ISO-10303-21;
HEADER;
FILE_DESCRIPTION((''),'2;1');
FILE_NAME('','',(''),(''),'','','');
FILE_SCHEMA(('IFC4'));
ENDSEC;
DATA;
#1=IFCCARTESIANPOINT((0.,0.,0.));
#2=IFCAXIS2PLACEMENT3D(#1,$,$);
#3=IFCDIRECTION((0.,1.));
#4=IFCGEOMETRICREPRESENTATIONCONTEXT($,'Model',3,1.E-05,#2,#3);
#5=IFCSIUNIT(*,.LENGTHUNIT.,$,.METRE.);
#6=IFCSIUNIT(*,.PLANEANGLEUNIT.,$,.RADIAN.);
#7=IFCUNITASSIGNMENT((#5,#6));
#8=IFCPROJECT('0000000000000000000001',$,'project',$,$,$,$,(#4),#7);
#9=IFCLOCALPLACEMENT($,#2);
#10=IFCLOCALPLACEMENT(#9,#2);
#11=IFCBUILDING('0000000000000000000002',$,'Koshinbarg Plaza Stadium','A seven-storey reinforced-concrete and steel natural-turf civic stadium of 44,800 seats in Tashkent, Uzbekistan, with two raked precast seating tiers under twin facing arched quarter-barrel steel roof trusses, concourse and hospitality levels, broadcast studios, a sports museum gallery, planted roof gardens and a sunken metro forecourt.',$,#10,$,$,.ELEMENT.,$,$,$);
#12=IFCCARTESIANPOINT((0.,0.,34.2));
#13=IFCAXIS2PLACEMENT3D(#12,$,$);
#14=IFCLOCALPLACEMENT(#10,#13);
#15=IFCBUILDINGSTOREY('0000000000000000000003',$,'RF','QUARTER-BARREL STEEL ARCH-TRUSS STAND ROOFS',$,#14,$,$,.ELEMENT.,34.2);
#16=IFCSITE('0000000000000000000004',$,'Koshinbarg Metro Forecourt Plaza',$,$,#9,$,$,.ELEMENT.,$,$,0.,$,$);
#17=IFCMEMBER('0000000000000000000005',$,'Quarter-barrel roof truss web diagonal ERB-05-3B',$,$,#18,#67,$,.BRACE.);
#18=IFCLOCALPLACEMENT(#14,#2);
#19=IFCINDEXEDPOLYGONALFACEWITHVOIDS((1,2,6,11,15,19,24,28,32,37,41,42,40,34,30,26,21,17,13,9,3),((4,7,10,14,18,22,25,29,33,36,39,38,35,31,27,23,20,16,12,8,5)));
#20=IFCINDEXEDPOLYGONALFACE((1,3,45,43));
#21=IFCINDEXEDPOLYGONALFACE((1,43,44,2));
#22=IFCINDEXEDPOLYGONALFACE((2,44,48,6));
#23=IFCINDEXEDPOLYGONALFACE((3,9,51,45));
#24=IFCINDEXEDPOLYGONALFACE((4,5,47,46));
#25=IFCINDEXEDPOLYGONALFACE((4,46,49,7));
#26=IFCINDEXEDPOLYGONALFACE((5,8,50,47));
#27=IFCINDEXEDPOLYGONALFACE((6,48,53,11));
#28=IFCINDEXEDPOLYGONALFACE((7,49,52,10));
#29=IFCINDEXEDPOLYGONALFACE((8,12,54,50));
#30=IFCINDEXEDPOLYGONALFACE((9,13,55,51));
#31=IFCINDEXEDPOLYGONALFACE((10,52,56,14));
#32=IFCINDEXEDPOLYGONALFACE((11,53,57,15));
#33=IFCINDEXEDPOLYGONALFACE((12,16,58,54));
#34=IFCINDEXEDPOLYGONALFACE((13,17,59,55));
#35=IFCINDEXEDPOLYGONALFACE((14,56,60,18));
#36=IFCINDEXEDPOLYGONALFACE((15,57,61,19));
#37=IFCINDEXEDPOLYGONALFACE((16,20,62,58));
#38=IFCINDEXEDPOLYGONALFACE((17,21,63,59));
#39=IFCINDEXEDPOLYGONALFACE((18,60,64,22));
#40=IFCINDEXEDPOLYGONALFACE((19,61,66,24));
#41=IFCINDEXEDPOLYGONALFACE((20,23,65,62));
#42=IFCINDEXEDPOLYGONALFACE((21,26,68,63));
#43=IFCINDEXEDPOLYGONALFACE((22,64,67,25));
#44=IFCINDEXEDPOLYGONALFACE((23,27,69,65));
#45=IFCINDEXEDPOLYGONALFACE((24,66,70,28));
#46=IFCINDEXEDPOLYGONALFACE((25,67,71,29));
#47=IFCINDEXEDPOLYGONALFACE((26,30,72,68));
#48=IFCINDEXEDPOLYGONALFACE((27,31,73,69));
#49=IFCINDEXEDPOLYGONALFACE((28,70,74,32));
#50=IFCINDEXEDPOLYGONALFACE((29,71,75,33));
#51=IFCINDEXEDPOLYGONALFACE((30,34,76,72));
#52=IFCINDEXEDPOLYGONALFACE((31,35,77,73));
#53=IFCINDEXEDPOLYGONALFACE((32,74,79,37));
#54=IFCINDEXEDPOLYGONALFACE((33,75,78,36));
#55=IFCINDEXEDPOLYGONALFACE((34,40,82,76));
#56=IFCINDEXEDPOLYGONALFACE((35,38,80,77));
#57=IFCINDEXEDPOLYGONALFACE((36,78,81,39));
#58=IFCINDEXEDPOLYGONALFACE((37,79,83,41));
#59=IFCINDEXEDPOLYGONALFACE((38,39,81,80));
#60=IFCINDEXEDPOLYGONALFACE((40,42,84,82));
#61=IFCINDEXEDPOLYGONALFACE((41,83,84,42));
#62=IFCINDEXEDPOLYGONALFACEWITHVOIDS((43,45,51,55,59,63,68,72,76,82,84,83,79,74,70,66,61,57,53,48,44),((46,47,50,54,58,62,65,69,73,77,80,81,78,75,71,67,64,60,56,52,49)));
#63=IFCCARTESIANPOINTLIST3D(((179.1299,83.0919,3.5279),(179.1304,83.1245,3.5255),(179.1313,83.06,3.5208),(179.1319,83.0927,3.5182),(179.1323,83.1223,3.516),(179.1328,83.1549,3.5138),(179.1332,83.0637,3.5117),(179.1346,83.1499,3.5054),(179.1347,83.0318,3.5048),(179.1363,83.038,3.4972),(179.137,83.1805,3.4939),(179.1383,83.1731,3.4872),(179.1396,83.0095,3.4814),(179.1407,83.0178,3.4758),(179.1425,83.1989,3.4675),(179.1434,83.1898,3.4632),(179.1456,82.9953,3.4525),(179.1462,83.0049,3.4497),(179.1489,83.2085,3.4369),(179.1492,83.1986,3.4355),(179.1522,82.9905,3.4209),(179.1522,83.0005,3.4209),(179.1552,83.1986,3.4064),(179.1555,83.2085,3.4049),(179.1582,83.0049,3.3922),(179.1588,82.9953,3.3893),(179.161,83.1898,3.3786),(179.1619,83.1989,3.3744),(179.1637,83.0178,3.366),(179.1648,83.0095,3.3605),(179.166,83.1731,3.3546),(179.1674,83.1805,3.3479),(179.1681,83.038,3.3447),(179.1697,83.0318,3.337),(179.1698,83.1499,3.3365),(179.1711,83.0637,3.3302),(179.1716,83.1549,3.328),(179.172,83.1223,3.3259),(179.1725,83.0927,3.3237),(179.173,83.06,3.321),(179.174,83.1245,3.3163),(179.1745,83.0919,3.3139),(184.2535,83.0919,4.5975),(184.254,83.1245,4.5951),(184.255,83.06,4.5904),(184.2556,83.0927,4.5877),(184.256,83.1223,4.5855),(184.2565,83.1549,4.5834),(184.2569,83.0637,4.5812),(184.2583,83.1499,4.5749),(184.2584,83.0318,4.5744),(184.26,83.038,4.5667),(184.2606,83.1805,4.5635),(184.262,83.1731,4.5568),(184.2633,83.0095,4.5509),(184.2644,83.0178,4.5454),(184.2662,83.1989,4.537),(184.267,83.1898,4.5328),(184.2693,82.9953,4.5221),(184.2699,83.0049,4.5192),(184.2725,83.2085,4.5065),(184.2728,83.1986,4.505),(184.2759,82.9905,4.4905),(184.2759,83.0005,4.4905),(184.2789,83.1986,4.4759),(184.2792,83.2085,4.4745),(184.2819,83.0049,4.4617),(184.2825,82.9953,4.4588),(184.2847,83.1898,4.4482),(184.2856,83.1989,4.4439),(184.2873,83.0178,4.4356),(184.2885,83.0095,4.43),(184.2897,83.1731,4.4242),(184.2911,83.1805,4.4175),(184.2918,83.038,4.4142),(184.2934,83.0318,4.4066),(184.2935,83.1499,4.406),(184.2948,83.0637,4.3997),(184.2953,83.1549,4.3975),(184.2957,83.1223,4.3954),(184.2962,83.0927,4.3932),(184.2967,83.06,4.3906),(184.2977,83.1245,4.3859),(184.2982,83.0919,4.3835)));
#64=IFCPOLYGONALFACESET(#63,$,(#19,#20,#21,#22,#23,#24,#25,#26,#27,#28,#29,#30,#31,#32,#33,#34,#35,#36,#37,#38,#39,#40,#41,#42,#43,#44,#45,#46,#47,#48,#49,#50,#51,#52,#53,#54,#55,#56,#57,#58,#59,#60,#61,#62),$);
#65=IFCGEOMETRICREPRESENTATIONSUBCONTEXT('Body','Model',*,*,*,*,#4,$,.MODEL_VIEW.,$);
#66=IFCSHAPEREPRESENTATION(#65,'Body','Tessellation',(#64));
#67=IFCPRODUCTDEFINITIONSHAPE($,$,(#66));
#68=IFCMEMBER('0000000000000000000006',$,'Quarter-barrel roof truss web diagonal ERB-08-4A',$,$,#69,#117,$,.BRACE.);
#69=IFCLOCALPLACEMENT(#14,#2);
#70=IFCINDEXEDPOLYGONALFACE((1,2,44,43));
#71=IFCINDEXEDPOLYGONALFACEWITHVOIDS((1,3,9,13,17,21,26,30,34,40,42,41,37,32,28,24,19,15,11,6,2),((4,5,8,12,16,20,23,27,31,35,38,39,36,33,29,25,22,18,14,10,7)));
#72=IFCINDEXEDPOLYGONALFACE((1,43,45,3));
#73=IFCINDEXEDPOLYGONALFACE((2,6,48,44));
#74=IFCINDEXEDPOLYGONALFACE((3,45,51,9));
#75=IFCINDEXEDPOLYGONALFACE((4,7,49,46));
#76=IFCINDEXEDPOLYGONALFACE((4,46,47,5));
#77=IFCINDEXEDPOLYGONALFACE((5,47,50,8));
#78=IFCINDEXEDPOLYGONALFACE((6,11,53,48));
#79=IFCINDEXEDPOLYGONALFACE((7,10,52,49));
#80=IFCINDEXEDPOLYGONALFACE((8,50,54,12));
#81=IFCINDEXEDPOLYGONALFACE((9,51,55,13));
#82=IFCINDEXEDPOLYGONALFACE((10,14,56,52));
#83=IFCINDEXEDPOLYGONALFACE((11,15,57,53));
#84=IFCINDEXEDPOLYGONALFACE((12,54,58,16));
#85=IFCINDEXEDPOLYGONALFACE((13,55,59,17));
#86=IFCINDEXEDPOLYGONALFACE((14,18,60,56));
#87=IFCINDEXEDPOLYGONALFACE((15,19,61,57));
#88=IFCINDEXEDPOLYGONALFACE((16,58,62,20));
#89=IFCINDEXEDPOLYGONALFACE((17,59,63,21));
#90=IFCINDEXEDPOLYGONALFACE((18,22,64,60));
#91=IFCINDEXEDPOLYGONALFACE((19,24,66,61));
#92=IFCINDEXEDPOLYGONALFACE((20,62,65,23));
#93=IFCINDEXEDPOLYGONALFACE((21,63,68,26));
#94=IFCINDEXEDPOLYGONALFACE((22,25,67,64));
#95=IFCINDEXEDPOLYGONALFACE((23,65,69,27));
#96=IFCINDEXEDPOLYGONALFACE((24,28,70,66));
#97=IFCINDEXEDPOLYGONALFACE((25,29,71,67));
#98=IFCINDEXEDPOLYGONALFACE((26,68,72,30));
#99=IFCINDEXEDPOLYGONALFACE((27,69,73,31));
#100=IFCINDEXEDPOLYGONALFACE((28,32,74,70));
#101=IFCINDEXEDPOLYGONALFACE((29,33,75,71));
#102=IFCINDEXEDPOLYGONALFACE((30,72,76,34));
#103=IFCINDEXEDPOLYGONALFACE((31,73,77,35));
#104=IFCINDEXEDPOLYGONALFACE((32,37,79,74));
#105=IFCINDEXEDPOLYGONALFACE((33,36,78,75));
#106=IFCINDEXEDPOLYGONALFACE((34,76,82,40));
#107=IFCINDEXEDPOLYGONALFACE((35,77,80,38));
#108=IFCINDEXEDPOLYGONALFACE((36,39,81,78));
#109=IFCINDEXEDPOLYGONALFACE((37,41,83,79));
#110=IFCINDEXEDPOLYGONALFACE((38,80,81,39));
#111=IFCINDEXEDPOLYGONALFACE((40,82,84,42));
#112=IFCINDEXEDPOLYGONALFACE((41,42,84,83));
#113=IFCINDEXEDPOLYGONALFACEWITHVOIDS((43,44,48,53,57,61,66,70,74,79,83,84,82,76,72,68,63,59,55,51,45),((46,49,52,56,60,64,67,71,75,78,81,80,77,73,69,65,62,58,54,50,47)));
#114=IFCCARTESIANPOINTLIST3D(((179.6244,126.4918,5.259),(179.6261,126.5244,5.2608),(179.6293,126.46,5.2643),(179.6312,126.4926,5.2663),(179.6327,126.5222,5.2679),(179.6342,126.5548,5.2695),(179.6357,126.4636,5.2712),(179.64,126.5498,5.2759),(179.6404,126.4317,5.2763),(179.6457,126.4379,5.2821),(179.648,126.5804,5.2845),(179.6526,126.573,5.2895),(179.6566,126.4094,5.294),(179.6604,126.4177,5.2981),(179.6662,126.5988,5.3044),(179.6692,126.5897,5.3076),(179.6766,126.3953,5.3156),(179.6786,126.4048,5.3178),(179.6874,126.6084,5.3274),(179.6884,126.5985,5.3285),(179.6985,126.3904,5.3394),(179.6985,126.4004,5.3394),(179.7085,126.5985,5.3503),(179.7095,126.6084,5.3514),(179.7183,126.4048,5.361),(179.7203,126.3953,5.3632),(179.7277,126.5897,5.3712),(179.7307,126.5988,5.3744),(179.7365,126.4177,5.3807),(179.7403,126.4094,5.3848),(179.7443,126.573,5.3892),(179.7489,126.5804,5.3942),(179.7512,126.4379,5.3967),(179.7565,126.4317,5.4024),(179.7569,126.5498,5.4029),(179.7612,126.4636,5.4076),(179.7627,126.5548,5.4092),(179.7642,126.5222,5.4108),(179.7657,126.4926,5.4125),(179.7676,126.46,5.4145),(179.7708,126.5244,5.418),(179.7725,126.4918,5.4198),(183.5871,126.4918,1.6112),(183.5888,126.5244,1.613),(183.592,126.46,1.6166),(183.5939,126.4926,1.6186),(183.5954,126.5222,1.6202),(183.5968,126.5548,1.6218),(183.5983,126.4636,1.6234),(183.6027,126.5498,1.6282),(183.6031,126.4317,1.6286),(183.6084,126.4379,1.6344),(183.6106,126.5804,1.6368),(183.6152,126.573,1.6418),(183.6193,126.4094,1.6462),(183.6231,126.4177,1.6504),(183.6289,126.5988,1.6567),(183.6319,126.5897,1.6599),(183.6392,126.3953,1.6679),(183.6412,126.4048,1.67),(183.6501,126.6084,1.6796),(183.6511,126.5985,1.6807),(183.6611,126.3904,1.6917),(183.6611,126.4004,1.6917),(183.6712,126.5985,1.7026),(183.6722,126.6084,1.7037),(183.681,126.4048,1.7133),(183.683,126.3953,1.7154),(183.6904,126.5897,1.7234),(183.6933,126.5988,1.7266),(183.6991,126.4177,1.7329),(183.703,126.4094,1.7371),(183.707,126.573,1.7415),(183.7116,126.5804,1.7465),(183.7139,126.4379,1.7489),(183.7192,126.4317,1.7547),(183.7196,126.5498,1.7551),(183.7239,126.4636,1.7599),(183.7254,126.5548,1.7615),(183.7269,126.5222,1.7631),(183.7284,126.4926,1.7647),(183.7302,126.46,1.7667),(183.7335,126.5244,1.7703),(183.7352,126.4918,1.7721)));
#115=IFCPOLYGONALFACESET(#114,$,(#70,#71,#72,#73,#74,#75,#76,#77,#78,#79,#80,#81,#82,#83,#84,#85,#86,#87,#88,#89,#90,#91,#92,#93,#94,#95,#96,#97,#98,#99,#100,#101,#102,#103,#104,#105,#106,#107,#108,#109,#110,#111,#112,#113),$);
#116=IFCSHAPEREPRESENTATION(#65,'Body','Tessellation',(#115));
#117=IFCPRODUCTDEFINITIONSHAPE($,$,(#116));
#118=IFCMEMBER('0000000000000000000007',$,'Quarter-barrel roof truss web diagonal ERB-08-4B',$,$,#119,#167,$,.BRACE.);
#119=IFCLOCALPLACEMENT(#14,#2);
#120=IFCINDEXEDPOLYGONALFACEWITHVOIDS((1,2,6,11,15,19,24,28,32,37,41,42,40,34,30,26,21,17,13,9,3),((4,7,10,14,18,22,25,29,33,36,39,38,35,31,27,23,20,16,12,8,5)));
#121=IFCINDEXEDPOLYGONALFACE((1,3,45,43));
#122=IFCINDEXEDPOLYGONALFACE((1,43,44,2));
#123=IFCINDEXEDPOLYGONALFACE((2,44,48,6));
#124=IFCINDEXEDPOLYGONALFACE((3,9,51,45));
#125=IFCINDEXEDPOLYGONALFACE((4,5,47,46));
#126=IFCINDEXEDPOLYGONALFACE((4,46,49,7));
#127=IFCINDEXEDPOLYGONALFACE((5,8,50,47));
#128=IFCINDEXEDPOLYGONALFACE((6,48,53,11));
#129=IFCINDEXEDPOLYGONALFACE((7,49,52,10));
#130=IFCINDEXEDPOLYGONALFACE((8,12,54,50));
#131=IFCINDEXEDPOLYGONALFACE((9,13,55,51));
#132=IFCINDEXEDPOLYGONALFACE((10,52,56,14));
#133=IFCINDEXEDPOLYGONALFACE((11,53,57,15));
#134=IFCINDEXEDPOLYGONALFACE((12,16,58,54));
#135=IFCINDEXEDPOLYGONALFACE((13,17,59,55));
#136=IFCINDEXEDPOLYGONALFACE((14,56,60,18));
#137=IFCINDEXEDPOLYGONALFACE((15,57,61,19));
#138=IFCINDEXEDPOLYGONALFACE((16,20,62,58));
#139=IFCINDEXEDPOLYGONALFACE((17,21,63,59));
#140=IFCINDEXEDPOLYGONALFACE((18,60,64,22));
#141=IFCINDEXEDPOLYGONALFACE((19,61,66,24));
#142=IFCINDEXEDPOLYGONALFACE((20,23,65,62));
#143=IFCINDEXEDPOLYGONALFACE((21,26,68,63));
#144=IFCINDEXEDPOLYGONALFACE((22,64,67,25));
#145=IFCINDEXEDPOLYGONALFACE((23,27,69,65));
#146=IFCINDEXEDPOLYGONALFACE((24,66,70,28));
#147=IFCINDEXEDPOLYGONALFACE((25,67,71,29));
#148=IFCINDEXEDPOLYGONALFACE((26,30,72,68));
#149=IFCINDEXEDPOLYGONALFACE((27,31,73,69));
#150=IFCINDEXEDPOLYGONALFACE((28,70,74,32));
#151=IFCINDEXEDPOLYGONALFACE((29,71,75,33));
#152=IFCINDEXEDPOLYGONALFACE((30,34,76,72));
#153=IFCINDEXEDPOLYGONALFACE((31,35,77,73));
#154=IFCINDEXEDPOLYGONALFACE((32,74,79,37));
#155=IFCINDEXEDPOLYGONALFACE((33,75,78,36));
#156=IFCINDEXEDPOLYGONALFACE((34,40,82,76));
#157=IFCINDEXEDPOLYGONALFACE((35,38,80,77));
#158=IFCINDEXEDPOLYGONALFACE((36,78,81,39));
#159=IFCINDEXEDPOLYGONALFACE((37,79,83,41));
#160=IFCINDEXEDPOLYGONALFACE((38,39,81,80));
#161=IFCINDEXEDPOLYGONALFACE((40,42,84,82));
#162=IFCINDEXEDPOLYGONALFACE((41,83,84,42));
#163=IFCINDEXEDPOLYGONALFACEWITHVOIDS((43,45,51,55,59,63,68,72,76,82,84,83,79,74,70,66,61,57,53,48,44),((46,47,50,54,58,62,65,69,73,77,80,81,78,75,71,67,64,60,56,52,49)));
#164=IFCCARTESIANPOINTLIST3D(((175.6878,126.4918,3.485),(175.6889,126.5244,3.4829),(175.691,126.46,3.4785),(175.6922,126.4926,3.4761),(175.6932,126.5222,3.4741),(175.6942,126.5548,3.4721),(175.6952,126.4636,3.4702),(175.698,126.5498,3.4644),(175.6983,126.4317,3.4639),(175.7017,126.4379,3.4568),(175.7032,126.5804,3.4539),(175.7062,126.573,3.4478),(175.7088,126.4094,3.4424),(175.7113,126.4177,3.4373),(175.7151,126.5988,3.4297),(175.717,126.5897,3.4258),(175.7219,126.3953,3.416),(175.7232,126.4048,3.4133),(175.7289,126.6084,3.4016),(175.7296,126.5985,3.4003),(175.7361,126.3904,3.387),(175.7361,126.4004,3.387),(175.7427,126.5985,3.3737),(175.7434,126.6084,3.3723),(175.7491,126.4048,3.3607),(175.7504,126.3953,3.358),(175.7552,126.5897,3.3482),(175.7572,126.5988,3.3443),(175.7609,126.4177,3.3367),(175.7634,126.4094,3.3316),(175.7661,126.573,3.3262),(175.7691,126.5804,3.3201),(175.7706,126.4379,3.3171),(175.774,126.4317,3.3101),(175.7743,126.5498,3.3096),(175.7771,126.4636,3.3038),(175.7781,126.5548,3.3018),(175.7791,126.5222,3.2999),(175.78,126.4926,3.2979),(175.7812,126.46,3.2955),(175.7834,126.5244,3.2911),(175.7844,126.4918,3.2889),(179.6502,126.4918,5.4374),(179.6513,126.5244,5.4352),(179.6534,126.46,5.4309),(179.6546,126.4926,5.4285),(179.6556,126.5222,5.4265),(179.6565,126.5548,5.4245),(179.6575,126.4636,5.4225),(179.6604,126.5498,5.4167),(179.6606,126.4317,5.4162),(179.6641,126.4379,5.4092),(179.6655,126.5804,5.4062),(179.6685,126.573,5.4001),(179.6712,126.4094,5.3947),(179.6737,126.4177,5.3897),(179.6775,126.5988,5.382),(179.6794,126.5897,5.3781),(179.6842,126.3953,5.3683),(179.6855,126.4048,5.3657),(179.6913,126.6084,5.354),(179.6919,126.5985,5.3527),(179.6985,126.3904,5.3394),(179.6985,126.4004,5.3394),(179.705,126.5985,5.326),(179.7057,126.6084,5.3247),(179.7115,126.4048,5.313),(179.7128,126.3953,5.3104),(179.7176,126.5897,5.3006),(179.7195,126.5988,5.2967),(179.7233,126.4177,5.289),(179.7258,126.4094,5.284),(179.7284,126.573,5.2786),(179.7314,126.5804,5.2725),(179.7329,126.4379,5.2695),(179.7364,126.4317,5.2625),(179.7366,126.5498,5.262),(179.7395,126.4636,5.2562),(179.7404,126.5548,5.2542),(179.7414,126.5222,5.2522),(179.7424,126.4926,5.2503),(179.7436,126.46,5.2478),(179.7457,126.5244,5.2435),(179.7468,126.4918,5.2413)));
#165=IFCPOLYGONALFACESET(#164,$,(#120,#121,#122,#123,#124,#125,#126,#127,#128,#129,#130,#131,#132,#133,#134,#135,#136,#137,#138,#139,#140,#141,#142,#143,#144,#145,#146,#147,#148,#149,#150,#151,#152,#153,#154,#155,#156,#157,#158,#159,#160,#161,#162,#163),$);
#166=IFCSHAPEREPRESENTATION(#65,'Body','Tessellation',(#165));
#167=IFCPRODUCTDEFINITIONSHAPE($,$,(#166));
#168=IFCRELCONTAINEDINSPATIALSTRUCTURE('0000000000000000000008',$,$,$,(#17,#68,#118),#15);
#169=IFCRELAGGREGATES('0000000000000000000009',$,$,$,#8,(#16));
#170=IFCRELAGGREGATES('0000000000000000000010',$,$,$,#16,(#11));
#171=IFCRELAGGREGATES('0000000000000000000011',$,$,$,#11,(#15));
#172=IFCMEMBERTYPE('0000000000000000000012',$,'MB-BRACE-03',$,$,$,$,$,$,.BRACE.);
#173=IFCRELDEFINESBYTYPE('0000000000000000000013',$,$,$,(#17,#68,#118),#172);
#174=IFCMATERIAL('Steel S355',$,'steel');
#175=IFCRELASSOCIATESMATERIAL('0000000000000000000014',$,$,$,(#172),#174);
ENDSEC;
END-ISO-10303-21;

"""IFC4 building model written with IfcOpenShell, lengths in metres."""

from ifc_helpers import new_model, si_unit, direction, frame, origin, origin_2d, place, context, subcontext, project, spatial, hollow_circle, extrude, material, material_profile, profile_set, type_object, element, save


model = new_model("IFC4")

# Units and contexts
model_context = context("Model", 3, precision=1e-05, world=origin(), true_north=direction((0.0, 1.0)))
body_context = subcontext(model_context, "Body", "Model", "MODEL_VIEW")
ifc_project = project(units=[si_unit("LENGTHUNIT", "METRE"), si_unit("PLANEANGLEUNIT", "RADIAN")], contexts=[model_context])

# Site, building, storey
site_placement = place(None, origin())
site = spatial("IfcSite", under=ifc_project, at=site_placement, Name="Koshinbarg Metro Forecourt Plaza", CompositionType="ELEMENT", RefElevation=0.0)
building_placement = place(site_placement, origin())
building = spatial("IfcBuilding", under=site, at=building_placement, Name="Koshinbarg Plaza Stadium", Description="A seven-storey reinforced-concrete and steel natural-turf civic stadium of 44,800 seats in Tashkent, Uzbekistan, with two raked precast seating tiers under twin facing arched quarter-barrel steel roof trusses, concourse and hospitality levels, broadcast studios, a sports museum gallery, planted roof gardens and a sunken metro forecourt.", CompositionType="ELEMENT")
storey_placement = place(building_placement, frame((0.0, 0.0, 34.2)))
storey = spatial("IfcBuildingStorey", under=building, at=storey_placement, Name="RF", Description="QUARTER-BARREL STEEL ARCH-TRUSS STAND ROOFS", CompositionType="ELEMENT", Elevation=34.2)

# Members
ifc_material_1 = material(Name="Steel S355", Category="steel")
ifc_material_profile_1 = material_profile(ifc_material_1, hollow_circle(Radius=0.1096, WallThickness=0.01, at=origin_2d()), Name="CHS 219.1x10")
ifc_profile_set_1 = profile_set([ifc_material_profile_1], Name="Steel S355")
member_type_1 = type_object("IfcMemberType", Name="MB-BRACE-03", PredefinedType="BRACE", material=ifc_profile_set_1)
member_1_placement = place(storey_placement, frame((184.2759, 83.1001, 4.4905), z_axis=(-0.978899, 0.0, -0.204344), x_axis=(0.0, -1.0, 0.0)))
element("IfcMember", 1, at=member_1_placement, inside=storey, type_object=member_type_1, Name="Quarter-barrel roof truss web diagonal ERB-05-3B", PredefinedType="BRACE", context=body_context, shape_type="SweptSolid", body=[
    extrude(hollow_circle(Radius=0.1096, WallThickness=0.01, at=origin_2d()), origin(), (0.0, 0.0, 1.0), 5.2341),
])
member_2_placement = place(storey_placement, frame((183.6611, 126.5, 1.6917), z_axis=(-0.735739, 0.0, 0.677265), x_axis=(0.0, -1.0, 0.0)))
element("IfcMember", 2, at=member_2_placement, inside=storey, type_object=member_type_1, Name="Quarter-barrel roof truss web diagonal ERB-08-4A", PredefinedType="BRACE", context=body_context, shape_type="SweptSolid", body=[
    extrude(hollow_circle(Radius=0.1096, WallThickness=0.01, at=origin_2d()), origin(), (0.0, 0.0, 1.0), 5.386),
])
member_3_placement = place(storey_placement, frame((179.6985, 126.5, 5.3394), z_axis=(-0.897021, 0.0, -0.441989), x_axis=(0.0, -1.0, 0.0)))
element("IfcMember", 3, at=member_3_placement, inside=storey, type_object=member_type_1, Name="Quarter-barrel roof truss web diagonal ERB-08-4B", PredefinedType="BRACE", context=body_context, shape_type="SweptSolid", body=[
    extrude(hollow_circle(Radius=0.1096, WallThickness=0.01, at=origin_2d()), origin(), (0.0, 0.0, 1.0), 4.4172),
])

save(model, "model.ifc")
